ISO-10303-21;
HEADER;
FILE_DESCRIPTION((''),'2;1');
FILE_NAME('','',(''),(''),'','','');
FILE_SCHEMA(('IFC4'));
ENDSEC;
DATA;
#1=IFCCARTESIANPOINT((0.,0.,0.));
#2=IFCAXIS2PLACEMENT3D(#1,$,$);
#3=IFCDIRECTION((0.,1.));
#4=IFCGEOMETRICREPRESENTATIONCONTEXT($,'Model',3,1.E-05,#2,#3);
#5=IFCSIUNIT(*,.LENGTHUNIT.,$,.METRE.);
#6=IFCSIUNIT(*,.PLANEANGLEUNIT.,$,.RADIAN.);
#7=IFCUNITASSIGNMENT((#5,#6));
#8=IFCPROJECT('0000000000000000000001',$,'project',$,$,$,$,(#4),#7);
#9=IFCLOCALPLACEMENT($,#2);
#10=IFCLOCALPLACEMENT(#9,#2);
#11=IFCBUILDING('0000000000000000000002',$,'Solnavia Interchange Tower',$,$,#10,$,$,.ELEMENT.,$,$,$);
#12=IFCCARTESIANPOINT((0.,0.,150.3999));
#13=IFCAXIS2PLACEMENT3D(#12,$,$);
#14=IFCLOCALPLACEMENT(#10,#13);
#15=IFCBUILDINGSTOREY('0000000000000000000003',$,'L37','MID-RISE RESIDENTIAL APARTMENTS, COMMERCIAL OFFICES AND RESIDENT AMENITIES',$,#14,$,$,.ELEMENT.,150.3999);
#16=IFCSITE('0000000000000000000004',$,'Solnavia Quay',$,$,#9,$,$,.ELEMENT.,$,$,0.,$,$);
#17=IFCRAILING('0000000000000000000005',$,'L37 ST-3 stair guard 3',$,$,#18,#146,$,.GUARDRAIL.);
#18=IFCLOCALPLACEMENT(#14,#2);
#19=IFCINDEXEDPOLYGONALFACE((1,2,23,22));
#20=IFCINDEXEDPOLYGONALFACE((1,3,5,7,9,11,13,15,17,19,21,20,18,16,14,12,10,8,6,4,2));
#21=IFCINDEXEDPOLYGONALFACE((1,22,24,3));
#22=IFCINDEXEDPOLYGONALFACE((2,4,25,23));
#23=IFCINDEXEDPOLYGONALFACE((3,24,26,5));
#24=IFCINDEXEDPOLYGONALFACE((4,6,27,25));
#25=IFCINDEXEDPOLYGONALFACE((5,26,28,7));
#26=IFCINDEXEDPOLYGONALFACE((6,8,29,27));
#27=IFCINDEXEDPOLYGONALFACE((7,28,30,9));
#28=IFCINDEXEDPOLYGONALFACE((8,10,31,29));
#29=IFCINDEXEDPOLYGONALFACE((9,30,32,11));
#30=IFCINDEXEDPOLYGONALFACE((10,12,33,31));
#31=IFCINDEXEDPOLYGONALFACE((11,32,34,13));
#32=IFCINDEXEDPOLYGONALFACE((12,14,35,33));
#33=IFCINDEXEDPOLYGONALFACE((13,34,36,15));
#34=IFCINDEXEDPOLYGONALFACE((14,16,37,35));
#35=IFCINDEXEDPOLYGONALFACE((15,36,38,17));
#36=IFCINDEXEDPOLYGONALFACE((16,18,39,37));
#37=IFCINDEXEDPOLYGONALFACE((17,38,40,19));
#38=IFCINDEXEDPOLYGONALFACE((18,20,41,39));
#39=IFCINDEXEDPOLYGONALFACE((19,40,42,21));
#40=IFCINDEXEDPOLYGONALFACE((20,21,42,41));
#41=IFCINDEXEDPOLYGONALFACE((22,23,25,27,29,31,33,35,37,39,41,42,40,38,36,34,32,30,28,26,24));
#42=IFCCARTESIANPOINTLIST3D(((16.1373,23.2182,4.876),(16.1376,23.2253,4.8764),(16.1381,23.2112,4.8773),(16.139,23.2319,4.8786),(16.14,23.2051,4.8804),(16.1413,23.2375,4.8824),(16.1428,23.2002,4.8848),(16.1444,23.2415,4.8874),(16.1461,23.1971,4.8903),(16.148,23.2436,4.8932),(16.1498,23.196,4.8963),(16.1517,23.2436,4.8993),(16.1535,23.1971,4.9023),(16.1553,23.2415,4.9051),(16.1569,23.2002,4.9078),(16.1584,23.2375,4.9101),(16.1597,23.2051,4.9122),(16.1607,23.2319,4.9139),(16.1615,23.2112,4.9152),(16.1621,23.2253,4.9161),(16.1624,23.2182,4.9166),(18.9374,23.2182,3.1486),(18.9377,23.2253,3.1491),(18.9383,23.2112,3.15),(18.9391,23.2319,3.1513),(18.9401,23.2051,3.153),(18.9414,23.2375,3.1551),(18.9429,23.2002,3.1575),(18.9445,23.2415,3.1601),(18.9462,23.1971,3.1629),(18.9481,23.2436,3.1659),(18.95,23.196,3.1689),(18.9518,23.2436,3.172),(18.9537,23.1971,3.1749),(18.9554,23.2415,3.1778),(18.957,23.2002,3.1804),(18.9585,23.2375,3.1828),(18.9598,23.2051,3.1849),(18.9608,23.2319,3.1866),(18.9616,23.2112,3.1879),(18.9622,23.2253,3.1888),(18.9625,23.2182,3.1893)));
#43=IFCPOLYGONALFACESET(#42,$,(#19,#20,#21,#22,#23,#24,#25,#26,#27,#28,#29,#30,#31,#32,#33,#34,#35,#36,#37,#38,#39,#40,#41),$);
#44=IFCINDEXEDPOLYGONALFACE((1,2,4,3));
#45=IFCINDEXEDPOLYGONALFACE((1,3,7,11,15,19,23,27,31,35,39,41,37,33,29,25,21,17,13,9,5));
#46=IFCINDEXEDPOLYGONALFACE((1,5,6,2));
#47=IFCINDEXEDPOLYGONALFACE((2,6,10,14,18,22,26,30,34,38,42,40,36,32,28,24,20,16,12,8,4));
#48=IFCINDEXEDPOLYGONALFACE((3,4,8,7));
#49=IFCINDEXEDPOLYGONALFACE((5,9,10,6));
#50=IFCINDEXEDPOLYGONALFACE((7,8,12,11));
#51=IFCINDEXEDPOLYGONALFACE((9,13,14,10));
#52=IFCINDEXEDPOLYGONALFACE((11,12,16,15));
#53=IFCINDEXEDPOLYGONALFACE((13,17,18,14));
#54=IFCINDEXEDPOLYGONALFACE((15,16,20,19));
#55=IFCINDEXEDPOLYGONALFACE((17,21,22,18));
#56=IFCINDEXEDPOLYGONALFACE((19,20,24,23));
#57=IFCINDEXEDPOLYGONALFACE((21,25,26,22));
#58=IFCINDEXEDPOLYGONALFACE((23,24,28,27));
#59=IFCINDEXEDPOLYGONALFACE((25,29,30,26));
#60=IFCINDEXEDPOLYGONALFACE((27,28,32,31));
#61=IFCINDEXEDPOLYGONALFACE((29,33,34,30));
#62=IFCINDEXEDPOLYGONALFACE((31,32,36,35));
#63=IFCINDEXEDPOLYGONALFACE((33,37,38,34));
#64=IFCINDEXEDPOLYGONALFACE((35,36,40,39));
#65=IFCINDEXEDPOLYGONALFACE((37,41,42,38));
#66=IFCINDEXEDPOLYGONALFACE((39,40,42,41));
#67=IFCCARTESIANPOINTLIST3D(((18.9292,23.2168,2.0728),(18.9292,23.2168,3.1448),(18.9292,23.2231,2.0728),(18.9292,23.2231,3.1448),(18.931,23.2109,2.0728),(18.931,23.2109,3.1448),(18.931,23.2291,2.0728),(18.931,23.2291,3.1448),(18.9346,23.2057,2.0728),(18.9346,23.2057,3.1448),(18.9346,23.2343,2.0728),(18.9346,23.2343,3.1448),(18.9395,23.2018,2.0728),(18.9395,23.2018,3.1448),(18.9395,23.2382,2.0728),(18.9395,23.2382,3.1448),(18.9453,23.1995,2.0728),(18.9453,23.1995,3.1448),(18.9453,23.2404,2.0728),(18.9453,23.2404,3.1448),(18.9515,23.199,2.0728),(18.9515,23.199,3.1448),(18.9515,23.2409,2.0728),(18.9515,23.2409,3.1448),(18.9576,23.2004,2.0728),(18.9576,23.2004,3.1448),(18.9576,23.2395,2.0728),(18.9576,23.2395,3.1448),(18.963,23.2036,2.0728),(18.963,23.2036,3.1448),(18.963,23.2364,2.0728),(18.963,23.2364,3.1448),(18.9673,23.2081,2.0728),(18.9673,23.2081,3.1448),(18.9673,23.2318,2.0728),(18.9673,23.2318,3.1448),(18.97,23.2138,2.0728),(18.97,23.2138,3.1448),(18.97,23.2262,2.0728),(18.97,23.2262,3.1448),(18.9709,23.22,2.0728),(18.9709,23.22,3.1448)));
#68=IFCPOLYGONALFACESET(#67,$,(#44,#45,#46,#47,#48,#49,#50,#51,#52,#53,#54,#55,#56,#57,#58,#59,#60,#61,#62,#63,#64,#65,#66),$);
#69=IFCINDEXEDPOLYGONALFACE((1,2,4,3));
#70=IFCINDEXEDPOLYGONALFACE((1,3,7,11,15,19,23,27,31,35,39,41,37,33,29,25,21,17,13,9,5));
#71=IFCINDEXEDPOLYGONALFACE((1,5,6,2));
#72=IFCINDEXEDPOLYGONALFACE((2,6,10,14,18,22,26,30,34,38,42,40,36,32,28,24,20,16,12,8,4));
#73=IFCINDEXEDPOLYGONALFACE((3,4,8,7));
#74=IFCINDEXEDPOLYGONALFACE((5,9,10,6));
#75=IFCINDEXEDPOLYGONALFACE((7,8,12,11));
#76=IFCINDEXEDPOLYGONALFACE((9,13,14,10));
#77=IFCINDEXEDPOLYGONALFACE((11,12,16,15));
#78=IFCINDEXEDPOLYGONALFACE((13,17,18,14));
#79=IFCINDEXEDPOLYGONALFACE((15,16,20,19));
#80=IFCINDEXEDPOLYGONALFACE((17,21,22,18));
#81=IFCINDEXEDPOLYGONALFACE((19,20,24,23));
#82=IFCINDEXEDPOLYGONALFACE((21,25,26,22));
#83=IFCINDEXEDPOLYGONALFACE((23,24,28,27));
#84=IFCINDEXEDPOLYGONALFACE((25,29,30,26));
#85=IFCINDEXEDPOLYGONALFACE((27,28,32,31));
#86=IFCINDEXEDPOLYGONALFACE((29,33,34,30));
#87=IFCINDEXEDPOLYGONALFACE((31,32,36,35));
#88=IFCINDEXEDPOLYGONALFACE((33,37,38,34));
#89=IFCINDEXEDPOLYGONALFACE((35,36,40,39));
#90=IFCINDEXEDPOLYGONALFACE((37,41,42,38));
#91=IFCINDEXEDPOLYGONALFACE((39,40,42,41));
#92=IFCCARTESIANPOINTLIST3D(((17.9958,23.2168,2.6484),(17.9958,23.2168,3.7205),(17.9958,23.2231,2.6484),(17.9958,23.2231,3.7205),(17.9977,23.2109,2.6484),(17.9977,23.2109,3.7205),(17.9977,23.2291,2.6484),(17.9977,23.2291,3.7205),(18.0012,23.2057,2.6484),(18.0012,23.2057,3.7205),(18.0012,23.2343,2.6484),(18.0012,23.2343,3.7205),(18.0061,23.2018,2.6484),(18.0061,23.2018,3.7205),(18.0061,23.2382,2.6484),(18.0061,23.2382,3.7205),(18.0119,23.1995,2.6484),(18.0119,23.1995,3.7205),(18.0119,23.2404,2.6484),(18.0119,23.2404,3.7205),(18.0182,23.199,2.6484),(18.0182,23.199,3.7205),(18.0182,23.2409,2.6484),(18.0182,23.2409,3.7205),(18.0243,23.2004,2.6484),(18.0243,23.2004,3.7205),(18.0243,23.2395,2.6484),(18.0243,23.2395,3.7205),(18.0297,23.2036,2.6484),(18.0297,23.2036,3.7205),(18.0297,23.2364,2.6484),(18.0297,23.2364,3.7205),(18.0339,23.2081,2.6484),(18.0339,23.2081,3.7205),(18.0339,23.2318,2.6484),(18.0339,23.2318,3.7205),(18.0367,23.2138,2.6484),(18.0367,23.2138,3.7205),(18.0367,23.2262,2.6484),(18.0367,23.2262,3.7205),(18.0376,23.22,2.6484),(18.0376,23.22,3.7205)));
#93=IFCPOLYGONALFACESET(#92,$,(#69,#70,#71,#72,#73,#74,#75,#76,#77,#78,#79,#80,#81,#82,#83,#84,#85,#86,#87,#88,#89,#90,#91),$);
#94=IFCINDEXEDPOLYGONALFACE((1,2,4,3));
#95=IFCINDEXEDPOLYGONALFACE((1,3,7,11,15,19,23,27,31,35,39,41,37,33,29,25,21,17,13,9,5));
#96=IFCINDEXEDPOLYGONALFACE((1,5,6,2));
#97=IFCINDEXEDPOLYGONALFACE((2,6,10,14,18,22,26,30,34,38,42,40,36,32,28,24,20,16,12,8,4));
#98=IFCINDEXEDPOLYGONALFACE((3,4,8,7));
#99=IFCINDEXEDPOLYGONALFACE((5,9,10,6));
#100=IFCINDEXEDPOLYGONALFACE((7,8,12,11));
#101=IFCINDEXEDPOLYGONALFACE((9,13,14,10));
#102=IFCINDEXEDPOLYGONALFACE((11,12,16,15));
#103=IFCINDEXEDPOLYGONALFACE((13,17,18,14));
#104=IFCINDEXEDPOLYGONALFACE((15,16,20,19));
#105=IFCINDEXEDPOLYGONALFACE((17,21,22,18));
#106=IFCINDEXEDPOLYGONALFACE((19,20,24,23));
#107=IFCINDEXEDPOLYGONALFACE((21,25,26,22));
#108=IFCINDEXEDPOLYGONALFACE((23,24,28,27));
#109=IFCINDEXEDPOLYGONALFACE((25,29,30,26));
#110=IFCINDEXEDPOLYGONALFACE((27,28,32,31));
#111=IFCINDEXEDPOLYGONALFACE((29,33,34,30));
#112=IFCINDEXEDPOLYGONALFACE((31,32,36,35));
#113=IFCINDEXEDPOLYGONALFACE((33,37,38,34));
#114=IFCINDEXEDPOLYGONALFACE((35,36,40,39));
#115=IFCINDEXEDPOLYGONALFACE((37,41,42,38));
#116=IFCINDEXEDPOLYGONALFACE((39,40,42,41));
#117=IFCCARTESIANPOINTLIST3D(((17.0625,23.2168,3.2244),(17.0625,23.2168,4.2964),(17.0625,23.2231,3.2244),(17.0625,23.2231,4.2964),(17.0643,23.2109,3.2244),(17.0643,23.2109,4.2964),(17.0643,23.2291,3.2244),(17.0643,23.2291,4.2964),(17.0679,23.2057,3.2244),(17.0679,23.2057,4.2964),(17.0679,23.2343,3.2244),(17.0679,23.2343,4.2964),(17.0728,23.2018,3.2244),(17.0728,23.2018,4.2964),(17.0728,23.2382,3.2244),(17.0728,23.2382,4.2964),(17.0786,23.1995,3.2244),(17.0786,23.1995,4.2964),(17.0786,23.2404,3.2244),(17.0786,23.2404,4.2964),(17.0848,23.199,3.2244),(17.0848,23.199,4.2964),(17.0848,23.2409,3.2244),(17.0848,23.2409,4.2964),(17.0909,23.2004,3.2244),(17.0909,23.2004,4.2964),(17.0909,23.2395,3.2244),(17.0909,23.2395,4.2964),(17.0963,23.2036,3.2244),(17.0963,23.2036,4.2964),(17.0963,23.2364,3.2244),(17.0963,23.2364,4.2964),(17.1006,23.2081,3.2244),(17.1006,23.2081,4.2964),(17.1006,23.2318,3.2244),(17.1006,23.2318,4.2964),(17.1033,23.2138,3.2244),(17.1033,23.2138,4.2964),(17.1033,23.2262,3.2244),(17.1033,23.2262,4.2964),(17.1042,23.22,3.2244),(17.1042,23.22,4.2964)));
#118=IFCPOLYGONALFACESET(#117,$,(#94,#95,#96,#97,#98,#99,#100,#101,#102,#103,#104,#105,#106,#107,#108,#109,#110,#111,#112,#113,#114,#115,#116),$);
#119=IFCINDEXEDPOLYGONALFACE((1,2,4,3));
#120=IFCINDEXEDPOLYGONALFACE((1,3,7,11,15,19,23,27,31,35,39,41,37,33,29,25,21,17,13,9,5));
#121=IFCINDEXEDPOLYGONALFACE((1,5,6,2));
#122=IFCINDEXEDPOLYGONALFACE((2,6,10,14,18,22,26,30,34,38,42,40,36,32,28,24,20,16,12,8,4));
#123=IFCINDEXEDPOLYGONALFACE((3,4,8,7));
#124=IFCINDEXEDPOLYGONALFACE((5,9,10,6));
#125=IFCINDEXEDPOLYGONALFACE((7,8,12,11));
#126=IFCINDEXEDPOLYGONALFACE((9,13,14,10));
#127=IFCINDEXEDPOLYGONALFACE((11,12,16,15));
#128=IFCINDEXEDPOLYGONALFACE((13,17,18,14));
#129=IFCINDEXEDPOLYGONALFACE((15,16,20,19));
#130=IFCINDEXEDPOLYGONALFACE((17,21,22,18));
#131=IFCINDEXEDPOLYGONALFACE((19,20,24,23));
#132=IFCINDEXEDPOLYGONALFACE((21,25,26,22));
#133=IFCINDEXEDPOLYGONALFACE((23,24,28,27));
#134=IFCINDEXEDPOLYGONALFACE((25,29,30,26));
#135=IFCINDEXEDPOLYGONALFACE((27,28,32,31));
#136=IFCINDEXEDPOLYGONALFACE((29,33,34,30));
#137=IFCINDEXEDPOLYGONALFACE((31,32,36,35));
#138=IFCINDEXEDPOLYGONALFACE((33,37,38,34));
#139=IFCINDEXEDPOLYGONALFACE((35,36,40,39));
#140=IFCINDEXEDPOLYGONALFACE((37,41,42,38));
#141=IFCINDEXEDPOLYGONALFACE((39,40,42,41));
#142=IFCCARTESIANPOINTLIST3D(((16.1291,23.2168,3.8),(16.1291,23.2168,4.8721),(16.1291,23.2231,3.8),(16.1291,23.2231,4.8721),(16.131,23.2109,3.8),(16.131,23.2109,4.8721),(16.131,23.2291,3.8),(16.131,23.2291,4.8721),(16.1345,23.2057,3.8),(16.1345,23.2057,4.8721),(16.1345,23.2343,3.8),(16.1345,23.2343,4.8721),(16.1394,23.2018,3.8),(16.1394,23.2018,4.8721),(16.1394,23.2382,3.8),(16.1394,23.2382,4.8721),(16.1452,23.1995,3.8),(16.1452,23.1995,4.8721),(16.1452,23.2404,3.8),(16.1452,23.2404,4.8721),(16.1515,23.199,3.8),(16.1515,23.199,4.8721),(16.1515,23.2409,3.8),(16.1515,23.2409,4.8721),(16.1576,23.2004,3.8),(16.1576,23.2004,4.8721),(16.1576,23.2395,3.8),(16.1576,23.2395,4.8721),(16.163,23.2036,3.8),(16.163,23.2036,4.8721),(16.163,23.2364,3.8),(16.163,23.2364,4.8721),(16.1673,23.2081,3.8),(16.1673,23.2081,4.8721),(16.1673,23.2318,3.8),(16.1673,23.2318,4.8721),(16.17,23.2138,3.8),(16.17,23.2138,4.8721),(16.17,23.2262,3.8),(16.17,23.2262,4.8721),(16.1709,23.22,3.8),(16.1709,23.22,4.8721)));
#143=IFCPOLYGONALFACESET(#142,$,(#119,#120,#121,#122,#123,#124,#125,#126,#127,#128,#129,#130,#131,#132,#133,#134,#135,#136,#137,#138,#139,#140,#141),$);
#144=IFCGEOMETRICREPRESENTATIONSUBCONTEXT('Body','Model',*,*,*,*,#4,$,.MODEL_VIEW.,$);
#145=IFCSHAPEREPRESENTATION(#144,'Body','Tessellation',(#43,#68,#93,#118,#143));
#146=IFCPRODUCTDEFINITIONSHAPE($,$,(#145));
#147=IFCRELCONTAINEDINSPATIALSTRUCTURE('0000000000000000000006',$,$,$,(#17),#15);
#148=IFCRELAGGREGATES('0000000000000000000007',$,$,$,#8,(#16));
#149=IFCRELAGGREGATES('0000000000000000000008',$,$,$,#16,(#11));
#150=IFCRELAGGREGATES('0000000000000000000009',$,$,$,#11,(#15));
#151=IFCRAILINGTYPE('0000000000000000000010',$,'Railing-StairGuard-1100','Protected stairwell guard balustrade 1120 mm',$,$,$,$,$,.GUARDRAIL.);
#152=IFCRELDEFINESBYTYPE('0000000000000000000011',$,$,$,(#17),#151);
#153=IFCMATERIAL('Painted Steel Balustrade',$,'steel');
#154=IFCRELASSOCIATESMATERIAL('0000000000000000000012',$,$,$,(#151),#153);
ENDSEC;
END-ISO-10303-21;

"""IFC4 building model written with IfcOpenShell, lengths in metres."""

from ifc_helpers import new_model, si_unit, direction, frame, origin, origin_2d, place, context, subcontext, project, spatial, circle, extrude, material, type_object, element, save


model = new_model("IFC4")

# Units and contexts
model_context = context("Model", 3, precision=1e-05, world=origin(), true_north=direction((0.0, 1.0)))
body_context = subcontext(model_context, "Body", "Model", "MODEL_VIEW")
ifc_project = project(units=[si_unit("LENGTHUNIT", "METRE"), si_unit("PLANEANGLEUNIT", "RADIAN")], contexts=[model_context])

# Site, building, storey
site_placement = place(None, origin())
site = spatial("IfcSite", under=ifc_project, at=site_placement, Name="Solnavia Quay", CompositionType="ELEMENT", RefElevation=0.0)
building_placement = place(site_placement, origin())
building = spatial("IfcBuilding", under=site, at=building_placement, Name="Solnavia Interchange Tower", CompositionType="ELEMENT")
storey_placement = place(building_placement, frame((0.0, 0.0, 150.3999)))
storey = spatial("IfcBuildingStorey", under=building, at=storey_placement, Name="L37", Description="MID-RISE RESIDENTIAL APARTMENTS, COMMERCIAL OFFICES AND RESIDENT AMENITIES", CompositionType="ELEMENT", Elevation=150.3999)

# Railing
ifc_material_1 = material(Name="Painted Steel Balustrade", Category="steel")
railing_type_1 = type_object("IfcRailingType", Name="Railing-StairGuard-1100", Description="Protected stairwell guard balustrade 1120 mm", PredefinedType="GUARDRAIL", material=ifc_material_1)
railing_1_placement = place(storey_placement, frame((18.95, 23.22, 2.0728)))
element("IfcRailing", 1, at=railing_1_placement, inside=storey, type_object=railing_type_1, Name="L37 ST-3 stair guard 3", PredefinedType="GUARDRAIL", context=body_context, shape_type="SweptSolid", body=[
    extrude(circle(Radius=0.0239, at=origin_2d()), frame((0.0, 0.0, 1.0962), z_axis=(-0.85109, 0.0, 0.52502), x_axis=(0.0, -1.0, 0.0)), (0.0, 0.0, 1.0), 3.29),
    extrude(circle(Radius=0.021, at=origin_2d()), origin(), (0.0, 0.0, 1.0), 1.072),
    extrude(circle(Radius=0.021, at=origin_2d()), frame((-0.9333, 0.0, 0.5757)), (0.0, 0.0, 1.0), 1.072),
    extrude(circle(Radius=0.021, at=origin_2d()), frame((-1.8667, 0.0, 1.1516)), (0.0, 0.0, 1.0), 1.072),
    extrude(circle(Radius=0.021, at=origin_2d()), frame((-2.8, 0.0, 1.7273)), (0.0, 0.0, 1.0), 1.072),
])

save(model, "model.ifc")
